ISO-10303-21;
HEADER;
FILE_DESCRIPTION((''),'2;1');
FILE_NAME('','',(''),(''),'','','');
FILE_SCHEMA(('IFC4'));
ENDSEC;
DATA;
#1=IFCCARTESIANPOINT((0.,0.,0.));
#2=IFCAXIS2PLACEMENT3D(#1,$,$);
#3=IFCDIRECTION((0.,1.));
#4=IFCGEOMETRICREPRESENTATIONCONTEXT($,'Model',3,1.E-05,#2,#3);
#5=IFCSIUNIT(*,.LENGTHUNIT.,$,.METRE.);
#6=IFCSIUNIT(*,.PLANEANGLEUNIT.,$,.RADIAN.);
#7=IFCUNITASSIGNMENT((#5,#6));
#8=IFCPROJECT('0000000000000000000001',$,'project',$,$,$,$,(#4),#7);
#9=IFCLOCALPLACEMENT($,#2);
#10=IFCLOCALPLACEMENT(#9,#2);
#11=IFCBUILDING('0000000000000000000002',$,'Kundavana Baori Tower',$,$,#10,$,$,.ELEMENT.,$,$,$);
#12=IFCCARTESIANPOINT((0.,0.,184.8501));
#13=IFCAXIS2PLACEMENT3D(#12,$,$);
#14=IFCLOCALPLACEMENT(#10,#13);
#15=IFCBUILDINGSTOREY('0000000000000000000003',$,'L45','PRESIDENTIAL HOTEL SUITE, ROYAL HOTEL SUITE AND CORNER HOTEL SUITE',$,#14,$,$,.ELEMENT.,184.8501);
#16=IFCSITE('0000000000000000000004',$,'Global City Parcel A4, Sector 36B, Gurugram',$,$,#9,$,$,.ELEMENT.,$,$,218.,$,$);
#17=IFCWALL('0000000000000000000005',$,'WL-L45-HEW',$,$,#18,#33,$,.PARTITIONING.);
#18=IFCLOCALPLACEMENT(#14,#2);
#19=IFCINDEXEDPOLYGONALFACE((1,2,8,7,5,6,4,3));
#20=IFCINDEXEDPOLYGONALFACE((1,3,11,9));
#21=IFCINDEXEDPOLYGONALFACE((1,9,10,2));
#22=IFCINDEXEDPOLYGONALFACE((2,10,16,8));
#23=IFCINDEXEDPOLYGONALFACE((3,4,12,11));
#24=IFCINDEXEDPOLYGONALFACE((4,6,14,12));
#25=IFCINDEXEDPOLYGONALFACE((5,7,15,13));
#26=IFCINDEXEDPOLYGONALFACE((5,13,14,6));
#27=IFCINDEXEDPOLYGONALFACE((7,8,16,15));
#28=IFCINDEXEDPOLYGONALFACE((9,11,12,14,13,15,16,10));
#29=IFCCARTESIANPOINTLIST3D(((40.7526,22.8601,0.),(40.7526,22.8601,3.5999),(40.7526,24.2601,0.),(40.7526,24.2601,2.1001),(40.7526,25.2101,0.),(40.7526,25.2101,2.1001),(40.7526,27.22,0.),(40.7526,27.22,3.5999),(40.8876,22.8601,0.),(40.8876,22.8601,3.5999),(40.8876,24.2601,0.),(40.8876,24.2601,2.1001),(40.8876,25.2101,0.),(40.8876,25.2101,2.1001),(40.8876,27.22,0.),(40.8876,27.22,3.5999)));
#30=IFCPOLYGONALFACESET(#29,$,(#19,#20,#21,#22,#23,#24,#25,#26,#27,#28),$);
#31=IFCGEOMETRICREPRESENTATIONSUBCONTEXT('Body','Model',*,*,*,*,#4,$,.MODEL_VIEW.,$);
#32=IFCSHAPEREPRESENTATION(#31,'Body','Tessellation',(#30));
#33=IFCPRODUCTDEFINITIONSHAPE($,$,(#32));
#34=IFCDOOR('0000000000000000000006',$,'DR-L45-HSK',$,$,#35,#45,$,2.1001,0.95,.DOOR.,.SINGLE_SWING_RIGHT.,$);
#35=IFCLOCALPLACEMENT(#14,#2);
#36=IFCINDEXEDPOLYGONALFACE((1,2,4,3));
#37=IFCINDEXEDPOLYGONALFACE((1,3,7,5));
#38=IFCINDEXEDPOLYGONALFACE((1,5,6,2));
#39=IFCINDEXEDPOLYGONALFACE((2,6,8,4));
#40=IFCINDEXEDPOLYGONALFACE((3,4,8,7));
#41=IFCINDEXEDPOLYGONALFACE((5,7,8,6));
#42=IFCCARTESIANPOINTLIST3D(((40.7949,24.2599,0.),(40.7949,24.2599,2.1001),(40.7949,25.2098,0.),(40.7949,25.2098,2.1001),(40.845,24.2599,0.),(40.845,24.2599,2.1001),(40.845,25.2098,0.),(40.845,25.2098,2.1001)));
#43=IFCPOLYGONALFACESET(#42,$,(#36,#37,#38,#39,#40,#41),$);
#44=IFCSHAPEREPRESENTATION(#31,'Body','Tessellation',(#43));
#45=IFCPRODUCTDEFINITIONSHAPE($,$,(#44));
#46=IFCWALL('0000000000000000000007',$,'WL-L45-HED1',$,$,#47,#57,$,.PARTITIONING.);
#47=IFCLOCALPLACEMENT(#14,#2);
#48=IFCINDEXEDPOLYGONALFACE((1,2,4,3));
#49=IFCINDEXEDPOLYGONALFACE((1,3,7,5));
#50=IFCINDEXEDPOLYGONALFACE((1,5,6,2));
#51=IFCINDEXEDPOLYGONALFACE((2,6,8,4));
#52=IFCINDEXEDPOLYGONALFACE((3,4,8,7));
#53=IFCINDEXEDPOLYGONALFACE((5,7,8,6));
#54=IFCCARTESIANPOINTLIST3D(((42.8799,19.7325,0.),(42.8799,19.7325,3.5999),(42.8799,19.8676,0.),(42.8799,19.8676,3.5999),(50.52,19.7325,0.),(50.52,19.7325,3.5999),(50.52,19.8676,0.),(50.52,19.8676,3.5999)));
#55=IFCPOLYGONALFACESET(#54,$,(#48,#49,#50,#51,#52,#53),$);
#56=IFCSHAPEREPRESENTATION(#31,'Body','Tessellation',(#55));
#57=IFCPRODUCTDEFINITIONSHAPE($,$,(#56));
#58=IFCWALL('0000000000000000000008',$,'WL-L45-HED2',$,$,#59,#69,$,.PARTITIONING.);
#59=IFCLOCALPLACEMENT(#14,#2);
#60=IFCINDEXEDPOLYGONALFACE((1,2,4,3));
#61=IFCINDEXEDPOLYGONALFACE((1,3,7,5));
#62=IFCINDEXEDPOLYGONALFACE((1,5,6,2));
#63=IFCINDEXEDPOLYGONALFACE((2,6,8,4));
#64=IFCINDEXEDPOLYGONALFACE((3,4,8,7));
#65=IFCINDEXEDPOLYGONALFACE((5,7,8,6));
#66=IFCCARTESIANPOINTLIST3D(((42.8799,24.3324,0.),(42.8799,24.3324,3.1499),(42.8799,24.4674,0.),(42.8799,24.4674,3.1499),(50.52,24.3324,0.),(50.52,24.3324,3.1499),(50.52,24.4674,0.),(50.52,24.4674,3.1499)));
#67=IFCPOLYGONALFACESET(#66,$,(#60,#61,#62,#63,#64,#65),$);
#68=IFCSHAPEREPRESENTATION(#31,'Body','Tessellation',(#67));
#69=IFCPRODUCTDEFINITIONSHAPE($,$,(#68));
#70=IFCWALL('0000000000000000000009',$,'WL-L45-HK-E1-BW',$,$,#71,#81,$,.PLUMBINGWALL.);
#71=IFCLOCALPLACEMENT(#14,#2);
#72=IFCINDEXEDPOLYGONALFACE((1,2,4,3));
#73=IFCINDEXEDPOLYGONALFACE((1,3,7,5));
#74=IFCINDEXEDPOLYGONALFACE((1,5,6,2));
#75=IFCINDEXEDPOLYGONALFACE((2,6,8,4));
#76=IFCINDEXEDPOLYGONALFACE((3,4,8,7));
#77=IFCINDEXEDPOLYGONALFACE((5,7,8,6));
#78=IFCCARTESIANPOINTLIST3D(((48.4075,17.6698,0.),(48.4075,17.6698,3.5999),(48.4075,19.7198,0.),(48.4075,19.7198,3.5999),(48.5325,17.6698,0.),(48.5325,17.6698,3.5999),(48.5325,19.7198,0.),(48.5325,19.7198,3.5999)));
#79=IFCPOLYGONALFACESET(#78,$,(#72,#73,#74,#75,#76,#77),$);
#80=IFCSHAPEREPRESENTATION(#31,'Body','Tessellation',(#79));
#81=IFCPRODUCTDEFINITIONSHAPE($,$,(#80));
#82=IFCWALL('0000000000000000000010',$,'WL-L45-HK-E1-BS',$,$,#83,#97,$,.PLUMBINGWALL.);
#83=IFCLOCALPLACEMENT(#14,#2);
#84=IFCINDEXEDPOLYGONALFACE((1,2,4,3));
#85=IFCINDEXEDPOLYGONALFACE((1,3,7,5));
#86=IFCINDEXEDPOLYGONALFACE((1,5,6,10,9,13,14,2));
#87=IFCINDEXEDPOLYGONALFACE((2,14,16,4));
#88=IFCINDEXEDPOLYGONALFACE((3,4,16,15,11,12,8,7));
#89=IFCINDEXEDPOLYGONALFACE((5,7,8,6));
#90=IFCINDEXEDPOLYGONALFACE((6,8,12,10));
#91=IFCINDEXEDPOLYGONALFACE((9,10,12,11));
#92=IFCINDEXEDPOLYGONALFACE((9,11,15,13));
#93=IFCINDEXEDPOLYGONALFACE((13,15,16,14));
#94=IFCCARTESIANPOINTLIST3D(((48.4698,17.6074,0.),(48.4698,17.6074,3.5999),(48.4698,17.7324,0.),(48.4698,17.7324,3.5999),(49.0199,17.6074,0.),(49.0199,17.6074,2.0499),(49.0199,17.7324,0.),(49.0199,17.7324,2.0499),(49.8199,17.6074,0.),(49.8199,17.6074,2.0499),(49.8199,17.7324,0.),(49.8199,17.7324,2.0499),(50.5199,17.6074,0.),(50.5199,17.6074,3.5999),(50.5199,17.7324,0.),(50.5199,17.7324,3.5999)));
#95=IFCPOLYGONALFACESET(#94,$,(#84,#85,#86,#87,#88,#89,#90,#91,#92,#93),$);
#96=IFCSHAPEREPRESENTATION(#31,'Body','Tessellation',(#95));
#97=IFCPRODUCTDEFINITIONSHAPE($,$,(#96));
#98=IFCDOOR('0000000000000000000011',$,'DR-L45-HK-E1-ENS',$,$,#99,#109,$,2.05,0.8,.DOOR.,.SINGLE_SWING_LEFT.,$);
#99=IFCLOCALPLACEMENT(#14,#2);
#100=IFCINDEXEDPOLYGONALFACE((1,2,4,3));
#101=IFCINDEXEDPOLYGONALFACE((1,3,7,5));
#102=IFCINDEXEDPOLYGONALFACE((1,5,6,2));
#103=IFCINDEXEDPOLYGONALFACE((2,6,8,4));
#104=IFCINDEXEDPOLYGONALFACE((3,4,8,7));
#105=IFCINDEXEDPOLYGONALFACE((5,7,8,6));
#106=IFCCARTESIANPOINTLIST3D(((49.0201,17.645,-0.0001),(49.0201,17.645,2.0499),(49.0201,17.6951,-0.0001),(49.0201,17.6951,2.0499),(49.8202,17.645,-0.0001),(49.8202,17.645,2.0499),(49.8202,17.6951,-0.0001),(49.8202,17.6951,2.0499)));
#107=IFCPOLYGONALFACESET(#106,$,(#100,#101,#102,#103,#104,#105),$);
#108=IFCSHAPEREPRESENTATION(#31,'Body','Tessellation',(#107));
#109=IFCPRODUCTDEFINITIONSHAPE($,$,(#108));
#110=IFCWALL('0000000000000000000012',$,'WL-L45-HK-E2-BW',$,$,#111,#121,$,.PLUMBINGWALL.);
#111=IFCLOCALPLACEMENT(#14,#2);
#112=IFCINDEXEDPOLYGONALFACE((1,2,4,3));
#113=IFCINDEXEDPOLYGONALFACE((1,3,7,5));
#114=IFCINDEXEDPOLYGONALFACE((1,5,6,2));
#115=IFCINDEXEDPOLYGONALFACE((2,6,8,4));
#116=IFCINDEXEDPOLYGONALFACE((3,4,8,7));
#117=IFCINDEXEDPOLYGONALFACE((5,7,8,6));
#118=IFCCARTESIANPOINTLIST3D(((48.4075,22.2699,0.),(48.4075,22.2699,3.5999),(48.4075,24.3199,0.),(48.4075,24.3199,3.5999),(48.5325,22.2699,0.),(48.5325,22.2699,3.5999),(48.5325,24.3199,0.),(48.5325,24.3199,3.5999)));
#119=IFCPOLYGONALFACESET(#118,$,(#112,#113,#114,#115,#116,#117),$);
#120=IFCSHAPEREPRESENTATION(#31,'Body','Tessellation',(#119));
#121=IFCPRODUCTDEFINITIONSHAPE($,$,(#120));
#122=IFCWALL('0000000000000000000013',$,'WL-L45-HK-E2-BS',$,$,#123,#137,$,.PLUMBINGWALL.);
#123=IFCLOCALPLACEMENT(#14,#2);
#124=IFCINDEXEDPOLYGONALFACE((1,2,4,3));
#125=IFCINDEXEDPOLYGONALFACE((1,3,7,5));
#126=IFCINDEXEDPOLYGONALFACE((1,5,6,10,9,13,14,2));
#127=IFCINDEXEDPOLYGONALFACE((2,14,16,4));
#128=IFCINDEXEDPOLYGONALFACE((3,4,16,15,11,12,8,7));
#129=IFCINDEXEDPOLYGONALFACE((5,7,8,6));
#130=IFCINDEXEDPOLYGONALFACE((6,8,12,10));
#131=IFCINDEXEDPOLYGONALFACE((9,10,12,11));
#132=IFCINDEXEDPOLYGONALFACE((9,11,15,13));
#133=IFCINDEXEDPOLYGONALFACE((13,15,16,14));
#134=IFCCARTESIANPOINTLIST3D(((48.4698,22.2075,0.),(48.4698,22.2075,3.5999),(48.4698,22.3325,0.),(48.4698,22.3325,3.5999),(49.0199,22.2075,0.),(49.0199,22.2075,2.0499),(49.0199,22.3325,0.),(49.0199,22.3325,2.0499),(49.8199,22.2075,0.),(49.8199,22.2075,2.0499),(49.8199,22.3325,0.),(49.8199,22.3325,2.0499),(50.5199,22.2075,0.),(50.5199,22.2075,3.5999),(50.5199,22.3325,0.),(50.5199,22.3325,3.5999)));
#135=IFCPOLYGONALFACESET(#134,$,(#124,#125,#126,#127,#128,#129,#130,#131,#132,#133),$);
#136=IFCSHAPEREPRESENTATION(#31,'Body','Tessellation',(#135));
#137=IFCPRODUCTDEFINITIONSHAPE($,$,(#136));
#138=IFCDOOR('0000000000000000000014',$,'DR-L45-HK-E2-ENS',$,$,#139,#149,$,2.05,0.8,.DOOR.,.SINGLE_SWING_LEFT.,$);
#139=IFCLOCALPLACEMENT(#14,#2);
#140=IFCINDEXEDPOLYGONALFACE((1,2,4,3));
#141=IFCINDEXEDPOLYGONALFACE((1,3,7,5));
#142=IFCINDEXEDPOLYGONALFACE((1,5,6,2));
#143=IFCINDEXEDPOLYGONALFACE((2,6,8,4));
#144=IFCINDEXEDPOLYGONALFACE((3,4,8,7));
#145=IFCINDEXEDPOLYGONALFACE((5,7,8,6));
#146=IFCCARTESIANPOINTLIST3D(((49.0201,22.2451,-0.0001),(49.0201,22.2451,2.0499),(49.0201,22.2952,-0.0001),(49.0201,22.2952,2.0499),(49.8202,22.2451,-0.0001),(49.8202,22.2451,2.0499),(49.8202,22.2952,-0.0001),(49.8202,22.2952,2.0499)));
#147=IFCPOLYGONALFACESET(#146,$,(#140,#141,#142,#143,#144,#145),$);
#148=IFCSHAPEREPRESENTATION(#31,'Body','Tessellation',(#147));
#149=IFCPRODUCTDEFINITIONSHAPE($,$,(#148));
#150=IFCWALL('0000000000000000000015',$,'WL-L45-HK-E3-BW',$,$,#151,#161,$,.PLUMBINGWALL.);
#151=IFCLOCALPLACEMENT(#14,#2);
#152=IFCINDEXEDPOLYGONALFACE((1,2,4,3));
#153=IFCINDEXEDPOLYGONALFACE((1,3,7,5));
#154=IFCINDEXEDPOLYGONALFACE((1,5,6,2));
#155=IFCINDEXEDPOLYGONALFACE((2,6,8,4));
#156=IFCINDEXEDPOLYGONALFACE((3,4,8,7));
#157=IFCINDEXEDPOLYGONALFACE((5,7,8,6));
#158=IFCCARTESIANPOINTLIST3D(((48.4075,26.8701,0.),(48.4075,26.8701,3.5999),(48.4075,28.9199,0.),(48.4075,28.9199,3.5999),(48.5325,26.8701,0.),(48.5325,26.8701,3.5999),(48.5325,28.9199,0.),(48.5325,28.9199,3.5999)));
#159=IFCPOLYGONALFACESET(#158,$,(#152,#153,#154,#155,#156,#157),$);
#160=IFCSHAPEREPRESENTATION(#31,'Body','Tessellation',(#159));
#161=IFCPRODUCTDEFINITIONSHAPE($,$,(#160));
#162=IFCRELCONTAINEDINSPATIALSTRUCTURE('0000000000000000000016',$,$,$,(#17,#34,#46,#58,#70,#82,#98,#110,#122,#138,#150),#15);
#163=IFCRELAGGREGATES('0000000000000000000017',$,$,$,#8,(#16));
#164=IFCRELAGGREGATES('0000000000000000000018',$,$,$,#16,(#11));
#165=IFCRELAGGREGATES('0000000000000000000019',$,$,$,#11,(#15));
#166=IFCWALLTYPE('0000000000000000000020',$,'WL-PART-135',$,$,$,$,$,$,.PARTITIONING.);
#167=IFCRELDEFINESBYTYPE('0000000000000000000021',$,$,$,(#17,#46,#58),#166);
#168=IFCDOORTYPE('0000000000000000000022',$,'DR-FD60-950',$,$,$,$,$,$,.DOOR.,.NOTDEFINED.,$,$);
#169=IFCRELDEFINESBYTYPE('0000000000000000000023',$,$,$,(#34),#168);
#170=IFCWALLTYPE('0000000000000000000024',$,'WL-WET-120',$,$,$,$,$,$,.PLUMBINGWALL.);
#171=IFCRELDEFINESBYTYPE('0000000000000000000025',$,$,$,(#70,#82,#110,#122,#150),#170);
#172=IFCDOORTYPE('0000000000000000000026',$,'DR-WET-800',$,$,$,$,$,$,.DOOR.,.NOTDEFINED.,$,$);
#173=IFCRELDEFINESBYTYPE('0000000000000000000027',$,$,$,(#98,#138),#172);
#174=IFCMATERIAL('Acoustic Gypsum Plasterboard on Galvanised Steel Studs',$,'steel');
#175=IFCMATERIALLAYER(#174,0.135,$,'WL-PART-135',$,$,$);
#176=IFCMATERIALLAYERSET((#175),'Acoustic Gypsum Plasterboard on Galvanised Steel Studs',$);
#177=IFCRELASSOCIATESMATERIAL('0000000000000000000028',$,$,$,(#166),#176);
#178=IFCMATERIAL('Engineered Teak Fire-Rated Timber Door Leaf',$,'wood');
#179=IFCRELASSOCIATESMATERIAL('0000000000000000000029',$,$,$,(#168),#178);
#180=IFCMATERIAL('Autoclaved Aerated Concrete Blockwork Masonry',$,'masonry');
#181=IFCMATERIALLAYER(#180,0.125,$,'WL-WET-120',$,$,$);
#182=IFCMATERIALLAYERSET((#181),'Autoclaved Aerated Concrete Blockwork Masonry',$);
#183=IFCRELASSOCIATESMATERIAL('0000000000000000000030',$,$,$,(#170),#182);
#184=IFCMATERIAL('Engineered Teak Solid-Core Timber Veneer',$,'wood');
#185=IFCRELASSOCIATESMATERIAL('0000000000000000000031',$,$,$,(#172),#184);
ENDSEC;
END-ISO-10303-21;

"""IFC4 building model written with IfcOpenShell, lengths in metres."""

from ifc_helpers import new_model, si_unit, direction, frame, frame_2d, origin, place, context, subcontext, project, spatial, rectangle, extrude, material, layer, layer_set, type_object, element, fill, save


model = new_model("IFC4")

# Units and contexts
model_context = context("Model", 3, precision=1e-05, world=origin(), true_north=direction((0.0, 1.0)))
body_context = subcontext(model_context, "Body", "Model", "MODEL_VIEW")
ifc_project = project(units=[si_unit("LENGTHUNIT", "METRE"), si_unit("PLANEANGLEUNIT", "RADIAN")], contexts=[model_context])

# Site, building, storey
site_placement = place(None, origin())
site = spatial("IfcSite", under=ifc_project, at=site_placement, Name="Global City Parcel A4, Sector 36B, Gurugram", CompositionType="ELEMENT", RefElevation=218.0)
building_placement = place(site_placement, origin())
building = spatial("IfcBuilding", under=site, at=building_placement, Name="Kundavana Baori Tower", CompositionType="ELEMENT")
storey_placement = place(building_placement, frame((0.0, 0.0, 184.8501)))
storey = spatial("IfcBuildingStorey", under=building, at=storey_placement, Name="L45", Description="PRESIDENTIAL HOTEL SUITE, ROYAL HOTEL SUITE AND CORNER HOTEL SUITE", CompositionType="ELEMENT", Elevation=184.8501)

# Wall, opening, door
ifc_material_1 = material(Name="Acoustic Gypsum Plasterboard on Galvanised Steel Studs", Category="steel")
ifc_layer_1 = layer(ifc_material_1, 0.135, Name="WL-PART-135")
ifc_layer_set_1 = layer_set([ifc_layer_1], Name="Acoustic Gypsum Plasterboard on Galvanised Steel Studs")
wall_type_1 = type_object("IfcWallType", Name="WL-PART-135", PredefinedType="PARTITIONING", material=ifc_layer_set_1)
wall_1_placement = place(storey_placement, frame((40.8201, 22.8601, 0.0), z_axis=(0.0, 0.0, 1.0), x_axis=(0.0, 1.0, 0.0)))
wall_1 = element("IfcWall", 1, at=wall_1_placement, inside=storey, type_object=wall_type_1, Name="WL-L45-HEW", PredefinedType="PARTITIONING", context=body_context, shape_type="SweptSolid", body=[
    extrude(rectangle(XDim=4.3599, YDim=0.135, at=frame_2d((2.1799, 0.0))), origin(), (0.0, 0.0, 1.0), 3.5999),
])
opening_1_placement = place(wall_1_placement, frame((1.3999, 0.0, 0.0)))
opening_1 = element("IfcOpeningElement", 2, at=opening_1_placement, cuts=wall_1, PredefinedType="OPENING", context=body_context, shape_type="SweptSolid", body=[
    extrude(rectangle(XDim=0.95, YDim=2.1001, at=frame_2d((0.4751, 1.05))), frame((0.0, 0.0776, 0.0), z_axis=(0.0, -1.0, 0.0), x_axis=(1.0, 0.0, 0.0)), (0.0, 0.0, 1.0), 0.155),
])
ifc_material_2 = material(Name="Engineered Teak Fire-Rated Timber Door Leaf", Category="wood")
door_type_1 = type_object("IfcDoorType", Name="DR-FD60-950", OperationType="NOTDEFINED", PredefinedType="DOOR", material=ifc_material_2)
door_1_placement = place(opening_1_placement, frame((0.95, 0.0, 0.0), z_axis=(0.0, 0.0, 1.0), x_axis=(-1.0, 0.0, 0.0)))
door_1 = element("IfcDoor", 3, at=door_1_placement, inside=storey, type_object=door_type_1, Name="DR-L45-HSK", OperationType="SINGLE_SWING_RIGHT", OverallHeight=2.1001, OverallWidth=0.95, PredefinedType="DOOR", context=body_context, shape_type="SweptSolid", body=[
    extrude(rectangle(XDim=0.95, YDim=2.1001, at=frame_2d((0.4751, 1.05))), frame((0.0, 0.0249, 0.0), z_axis=(0.0, -1.0, 0.0), x_axis=(1.0, 0.0, 0.0)), (0.0, 0.0, 1.0), 0.05),
])
fill(opening_1, door_1)

# Walls
wall_2_placement = place(storey_placement, frame((42.8799, 19.8, 0.0), z_axis=(0.0, 0.0, 1.0), x_axis=(1.0, 0.0, 0.0)))
element("IfcWall", 4, at=wall_2_placement, inside=storey, type_object=wall_type_1, Name="WL-L45-HED1", PredefinedType="PARTITIONING", context=body_context, shape_type="SweptSolid", body=[
    extrude(rectangle(XDim=7.6401, YDim=0.135, at=frame_2d((3.8201, 0.0))), origin(), (0.0, 0.0, 1.0), 3.5999),
])
wall_3_placement = place(storey_placement, frame((42.8799, 24.3999, 0.0), z_axis=(0.0, 0.0, 1.0), x_axis=(1.0, 0.0, 0.0)))
element("IfcWall", 5, at=wall_3_placement, inside=storey, type_object=wall_type_1, Name="WL-L45-HED2", PredefinedType="PARTITIONING", context=body_context, shape_type="SweptSolid", body=[
    extrude(rectangle(XDim=7.6401, YDim=0.135, at=frame_2d((3.8201, 0.0))), origin(), (0.0, 0.0, 1.0), 3.1499),
])
ifc_material_3 = material(Name="Autoclaved Aerated Concrete Blockwork Masonry", Category="masonry")
ifc_layer_2 = layer(ifc_material_3, 0.125, Name="WL-WET-120")
ifc_layer_set_2 = layer_set([ifc_layer_2], Name="Autoclaved Aerated Concrete Blockwork Masonry")
wall_type_2 = type_object("IfcWallType", Name="WL-WET-120", PredefinedType="PLUMBINGWALL", material=ifc_layer_set_2)
wall_4_placement = place(storey_placement, frame((48.47, 17.6699, 0.0), z_axis=(0.0, 0.0, 1.0), x_axis=(0.0, 1.0, 0.0)))
element("IfcWall", 6, at=wall_4_placement, inside=storey, type_object=wall_type_2, Name="WL-L45-HK-E1-BW", PredefinedType="PLUMBINGWALL", context=body_context, shape_type="SweptSolid", body=[
    extrude(rectangle(XDim=2.05, YDim=0.125, at=frame_2d((1.0249, 0.0))), origin(), (0.0, 0.0, 1.0), 3.5999),
])

# Wall, opening, door
wall_5_placement = place(storey_placement, frame((48.47, 17.6699, 0.0), z_axis=(0.0, 0.0, 1.0), x_axis=(1.0, 0.0, 0.0)))
wall_5 = element("IfcWall", 7, at=wall_5_placement, inside=storey, type_object=wall_type_2, Name="WL-L45-HK-E1-BS", PredefinedType="PLUMBINGWALL", context=body_context, shape_type="SweptSolid", body=[
    extrude(rectangle(XDim=2.05, YDim=0.125, at=frame_2d((1.0249, 0.0))), origin(), (0.0, 0.0, 1.0), 3.5999),
])
opening_2_placement = place(wall_5_placement, frame((0.55, 0.0, 0.0)))
opening_2 = element("IfcOpeningElement", 8, at=opening_2_placement, cuts=wall_5, PredefinedType="OPENING", context=body_context, shape_type="SweptSolid", body=[
    extrude(rectangle(XDim=0.8, YDim=2.05, at=frame_2d((0.3999, 1.0249))), frame((0.0, 0.0725, 0.0), z_axis=(0.0, -1.0, 0.0), x_axis=(1.0, 0.0, 0.0)), (0.0, 0.0, 1.0), 0.145),
])
ifc_material_4 = material(Name="Engineered Teak Solid-Core Timber Veneer", Category="wood")
door_type_2 = type_object("IfcDoorType", Name="DR-WET-800", OperationType="NOTDEFINED", PredefinedType="DOOR", material=ifc_material_4)
door_2_placement = place(opening_2_placement, frame((0.8, 0.0, 0.0), z_axis=(0.0, 0.0, 1.0), x_axis=(-1.0, 0.0, 0.0)))
door_2 = element("IfcDoor", 9, at=door_2_placement, inside=storey, type_object=door_type_2, Name="DR-L45-HK-E1-ENS", OperationType="SINGLE_SWING_LEFT", OverallHeight=2.05, OverallWidth=0.8, PredefinedType="DOOR", context=body_context, shape_type="SweptSolid", body=[
    extrude(rectangle(XDim=0.8, YDim=2.05, at=frame_2d((0.3999, 1.0249))), frame((0.0, 0.0249, 0.0), z_axis=(0.0, -1.0, 0.0), x_axis=(1.0, 0.0, 0.0)), (0.0, 0.0, 1.0), 0.05),
])
fill(opening_2, door_2)

# Wall
wall_6_placement = place(storey_placement, frame((48.47, 22.27, 0.0), z_axis=(0.0, 0.0, 1.0), x_axis=(0.0, 1.0, 0.0)))
element("IfcWall", 10, at=wall_6_placement, inside=storey, type_object=wall_type_2, Name="WL-L45-HK-E2-BW", PredefinedType="PLUMBINGWALL", context=body_context, shape_type="SweptSolid", body=[
    extrude(rectangle(XDim=2.05, YDim=0.125, at=frame_2d((1.0249, 0.0))), origin(), (0.0, 0.0, 1.0), 3.5999),
])

# Wall, opening, door
wall_7_placement = place(storey_placement, frame((48.47, 22.27, 0.0), z_axis=(0.0, 0.0, 1.0), x_axis=(1.0, 0.0, 0.0)))
wall_7 = element("IfcWall", 11, at=wall_7_placement, inside=storey, type_object=wall_type_2, Name="WL-L45-HK-E2-BS", PredefinedType="PLUMBINGWALL", context=body_context, shape_type="SweptSolid", body=[
    extrude(rectangle(XDim=2.05, YDim=0.125, at=frame_2d((1.0249, 0.0))), origin(), (0.0, 0.0, 1.0), 3.5999),
])
opening_3_placement = place(wall_7_placement, frame((0.55, 0.0, 0.0)))
opening_3 = element("IfcOpeningElement", 12, at=opening_3_placement, cuts=wall_7, PredefinedType="OPENING", context=body_context, shape_type="SweptSolid", body=[
    extrude(rectangle(XDim=0.8, YDim=2.05, at=frame_2d((0.3999, 1.0249))), frame((0.0, 0.0725, 0.0), z_axis=(0.0, -1.0, 0.0), x_axis=(1.0, 0.0, 0.0)), (0.0, 0.0, 1.0), 0.145),
])
door_3_placement = place(opening_3_placement, frame((0.8, 0.0, 0.0), z_axis=(0.0, 0.0, 1.0), x_axis=(-1.0, 0.0, 0.0)))
door_3 = element("IfcDoor", 13, at=door_3_placement, inside=storey, type_object=door_type_2, Name="DR-L45-HK-E2-ENS", OperationType="SINGLE_SWING_LEFT", OverallHeight=2.05, OverallWidth=0.8, PredefinedType="DOOR", context=body_context, shape_type="SweptSolid", body=[
    extrude(rectangle(XDim=0.8, YDim=2.05, at=frame_2d((0.3999, 1.0249))), frame((0.0, 0.0249, 0.0), z_axis=(0.0, -1.0, 0.0), x_axis=(1.0, 0.0, 0.0)), (0.0, 0.0, 1.0), 0.05),
])
fill(opening_3, door_3)

# Wall
wall_8_placement = place(storey_placement, frame((48.47, 26.8701, 0.0), z_axis=(0.0, 0.0, 1.0), x_axis=(0.0, 1.0, 0.0)))
element("IfcWall", 14, at=wall_8_placement, inside=storey, type_object=wall_type_2, Name="WL-L45-HK-E3-BW", PredefinedType="PLUMBINGWALL", context=body_context, shape_type="SweptSolid", body=[
    extrude(rectangle(XDim=2.0498, YDim=0.125, at=frame_2d((1.0249, 0.0))), origin(), (0.0, 0.0, 1.0), 3.5999),
])

save(model, "model.ifc")
